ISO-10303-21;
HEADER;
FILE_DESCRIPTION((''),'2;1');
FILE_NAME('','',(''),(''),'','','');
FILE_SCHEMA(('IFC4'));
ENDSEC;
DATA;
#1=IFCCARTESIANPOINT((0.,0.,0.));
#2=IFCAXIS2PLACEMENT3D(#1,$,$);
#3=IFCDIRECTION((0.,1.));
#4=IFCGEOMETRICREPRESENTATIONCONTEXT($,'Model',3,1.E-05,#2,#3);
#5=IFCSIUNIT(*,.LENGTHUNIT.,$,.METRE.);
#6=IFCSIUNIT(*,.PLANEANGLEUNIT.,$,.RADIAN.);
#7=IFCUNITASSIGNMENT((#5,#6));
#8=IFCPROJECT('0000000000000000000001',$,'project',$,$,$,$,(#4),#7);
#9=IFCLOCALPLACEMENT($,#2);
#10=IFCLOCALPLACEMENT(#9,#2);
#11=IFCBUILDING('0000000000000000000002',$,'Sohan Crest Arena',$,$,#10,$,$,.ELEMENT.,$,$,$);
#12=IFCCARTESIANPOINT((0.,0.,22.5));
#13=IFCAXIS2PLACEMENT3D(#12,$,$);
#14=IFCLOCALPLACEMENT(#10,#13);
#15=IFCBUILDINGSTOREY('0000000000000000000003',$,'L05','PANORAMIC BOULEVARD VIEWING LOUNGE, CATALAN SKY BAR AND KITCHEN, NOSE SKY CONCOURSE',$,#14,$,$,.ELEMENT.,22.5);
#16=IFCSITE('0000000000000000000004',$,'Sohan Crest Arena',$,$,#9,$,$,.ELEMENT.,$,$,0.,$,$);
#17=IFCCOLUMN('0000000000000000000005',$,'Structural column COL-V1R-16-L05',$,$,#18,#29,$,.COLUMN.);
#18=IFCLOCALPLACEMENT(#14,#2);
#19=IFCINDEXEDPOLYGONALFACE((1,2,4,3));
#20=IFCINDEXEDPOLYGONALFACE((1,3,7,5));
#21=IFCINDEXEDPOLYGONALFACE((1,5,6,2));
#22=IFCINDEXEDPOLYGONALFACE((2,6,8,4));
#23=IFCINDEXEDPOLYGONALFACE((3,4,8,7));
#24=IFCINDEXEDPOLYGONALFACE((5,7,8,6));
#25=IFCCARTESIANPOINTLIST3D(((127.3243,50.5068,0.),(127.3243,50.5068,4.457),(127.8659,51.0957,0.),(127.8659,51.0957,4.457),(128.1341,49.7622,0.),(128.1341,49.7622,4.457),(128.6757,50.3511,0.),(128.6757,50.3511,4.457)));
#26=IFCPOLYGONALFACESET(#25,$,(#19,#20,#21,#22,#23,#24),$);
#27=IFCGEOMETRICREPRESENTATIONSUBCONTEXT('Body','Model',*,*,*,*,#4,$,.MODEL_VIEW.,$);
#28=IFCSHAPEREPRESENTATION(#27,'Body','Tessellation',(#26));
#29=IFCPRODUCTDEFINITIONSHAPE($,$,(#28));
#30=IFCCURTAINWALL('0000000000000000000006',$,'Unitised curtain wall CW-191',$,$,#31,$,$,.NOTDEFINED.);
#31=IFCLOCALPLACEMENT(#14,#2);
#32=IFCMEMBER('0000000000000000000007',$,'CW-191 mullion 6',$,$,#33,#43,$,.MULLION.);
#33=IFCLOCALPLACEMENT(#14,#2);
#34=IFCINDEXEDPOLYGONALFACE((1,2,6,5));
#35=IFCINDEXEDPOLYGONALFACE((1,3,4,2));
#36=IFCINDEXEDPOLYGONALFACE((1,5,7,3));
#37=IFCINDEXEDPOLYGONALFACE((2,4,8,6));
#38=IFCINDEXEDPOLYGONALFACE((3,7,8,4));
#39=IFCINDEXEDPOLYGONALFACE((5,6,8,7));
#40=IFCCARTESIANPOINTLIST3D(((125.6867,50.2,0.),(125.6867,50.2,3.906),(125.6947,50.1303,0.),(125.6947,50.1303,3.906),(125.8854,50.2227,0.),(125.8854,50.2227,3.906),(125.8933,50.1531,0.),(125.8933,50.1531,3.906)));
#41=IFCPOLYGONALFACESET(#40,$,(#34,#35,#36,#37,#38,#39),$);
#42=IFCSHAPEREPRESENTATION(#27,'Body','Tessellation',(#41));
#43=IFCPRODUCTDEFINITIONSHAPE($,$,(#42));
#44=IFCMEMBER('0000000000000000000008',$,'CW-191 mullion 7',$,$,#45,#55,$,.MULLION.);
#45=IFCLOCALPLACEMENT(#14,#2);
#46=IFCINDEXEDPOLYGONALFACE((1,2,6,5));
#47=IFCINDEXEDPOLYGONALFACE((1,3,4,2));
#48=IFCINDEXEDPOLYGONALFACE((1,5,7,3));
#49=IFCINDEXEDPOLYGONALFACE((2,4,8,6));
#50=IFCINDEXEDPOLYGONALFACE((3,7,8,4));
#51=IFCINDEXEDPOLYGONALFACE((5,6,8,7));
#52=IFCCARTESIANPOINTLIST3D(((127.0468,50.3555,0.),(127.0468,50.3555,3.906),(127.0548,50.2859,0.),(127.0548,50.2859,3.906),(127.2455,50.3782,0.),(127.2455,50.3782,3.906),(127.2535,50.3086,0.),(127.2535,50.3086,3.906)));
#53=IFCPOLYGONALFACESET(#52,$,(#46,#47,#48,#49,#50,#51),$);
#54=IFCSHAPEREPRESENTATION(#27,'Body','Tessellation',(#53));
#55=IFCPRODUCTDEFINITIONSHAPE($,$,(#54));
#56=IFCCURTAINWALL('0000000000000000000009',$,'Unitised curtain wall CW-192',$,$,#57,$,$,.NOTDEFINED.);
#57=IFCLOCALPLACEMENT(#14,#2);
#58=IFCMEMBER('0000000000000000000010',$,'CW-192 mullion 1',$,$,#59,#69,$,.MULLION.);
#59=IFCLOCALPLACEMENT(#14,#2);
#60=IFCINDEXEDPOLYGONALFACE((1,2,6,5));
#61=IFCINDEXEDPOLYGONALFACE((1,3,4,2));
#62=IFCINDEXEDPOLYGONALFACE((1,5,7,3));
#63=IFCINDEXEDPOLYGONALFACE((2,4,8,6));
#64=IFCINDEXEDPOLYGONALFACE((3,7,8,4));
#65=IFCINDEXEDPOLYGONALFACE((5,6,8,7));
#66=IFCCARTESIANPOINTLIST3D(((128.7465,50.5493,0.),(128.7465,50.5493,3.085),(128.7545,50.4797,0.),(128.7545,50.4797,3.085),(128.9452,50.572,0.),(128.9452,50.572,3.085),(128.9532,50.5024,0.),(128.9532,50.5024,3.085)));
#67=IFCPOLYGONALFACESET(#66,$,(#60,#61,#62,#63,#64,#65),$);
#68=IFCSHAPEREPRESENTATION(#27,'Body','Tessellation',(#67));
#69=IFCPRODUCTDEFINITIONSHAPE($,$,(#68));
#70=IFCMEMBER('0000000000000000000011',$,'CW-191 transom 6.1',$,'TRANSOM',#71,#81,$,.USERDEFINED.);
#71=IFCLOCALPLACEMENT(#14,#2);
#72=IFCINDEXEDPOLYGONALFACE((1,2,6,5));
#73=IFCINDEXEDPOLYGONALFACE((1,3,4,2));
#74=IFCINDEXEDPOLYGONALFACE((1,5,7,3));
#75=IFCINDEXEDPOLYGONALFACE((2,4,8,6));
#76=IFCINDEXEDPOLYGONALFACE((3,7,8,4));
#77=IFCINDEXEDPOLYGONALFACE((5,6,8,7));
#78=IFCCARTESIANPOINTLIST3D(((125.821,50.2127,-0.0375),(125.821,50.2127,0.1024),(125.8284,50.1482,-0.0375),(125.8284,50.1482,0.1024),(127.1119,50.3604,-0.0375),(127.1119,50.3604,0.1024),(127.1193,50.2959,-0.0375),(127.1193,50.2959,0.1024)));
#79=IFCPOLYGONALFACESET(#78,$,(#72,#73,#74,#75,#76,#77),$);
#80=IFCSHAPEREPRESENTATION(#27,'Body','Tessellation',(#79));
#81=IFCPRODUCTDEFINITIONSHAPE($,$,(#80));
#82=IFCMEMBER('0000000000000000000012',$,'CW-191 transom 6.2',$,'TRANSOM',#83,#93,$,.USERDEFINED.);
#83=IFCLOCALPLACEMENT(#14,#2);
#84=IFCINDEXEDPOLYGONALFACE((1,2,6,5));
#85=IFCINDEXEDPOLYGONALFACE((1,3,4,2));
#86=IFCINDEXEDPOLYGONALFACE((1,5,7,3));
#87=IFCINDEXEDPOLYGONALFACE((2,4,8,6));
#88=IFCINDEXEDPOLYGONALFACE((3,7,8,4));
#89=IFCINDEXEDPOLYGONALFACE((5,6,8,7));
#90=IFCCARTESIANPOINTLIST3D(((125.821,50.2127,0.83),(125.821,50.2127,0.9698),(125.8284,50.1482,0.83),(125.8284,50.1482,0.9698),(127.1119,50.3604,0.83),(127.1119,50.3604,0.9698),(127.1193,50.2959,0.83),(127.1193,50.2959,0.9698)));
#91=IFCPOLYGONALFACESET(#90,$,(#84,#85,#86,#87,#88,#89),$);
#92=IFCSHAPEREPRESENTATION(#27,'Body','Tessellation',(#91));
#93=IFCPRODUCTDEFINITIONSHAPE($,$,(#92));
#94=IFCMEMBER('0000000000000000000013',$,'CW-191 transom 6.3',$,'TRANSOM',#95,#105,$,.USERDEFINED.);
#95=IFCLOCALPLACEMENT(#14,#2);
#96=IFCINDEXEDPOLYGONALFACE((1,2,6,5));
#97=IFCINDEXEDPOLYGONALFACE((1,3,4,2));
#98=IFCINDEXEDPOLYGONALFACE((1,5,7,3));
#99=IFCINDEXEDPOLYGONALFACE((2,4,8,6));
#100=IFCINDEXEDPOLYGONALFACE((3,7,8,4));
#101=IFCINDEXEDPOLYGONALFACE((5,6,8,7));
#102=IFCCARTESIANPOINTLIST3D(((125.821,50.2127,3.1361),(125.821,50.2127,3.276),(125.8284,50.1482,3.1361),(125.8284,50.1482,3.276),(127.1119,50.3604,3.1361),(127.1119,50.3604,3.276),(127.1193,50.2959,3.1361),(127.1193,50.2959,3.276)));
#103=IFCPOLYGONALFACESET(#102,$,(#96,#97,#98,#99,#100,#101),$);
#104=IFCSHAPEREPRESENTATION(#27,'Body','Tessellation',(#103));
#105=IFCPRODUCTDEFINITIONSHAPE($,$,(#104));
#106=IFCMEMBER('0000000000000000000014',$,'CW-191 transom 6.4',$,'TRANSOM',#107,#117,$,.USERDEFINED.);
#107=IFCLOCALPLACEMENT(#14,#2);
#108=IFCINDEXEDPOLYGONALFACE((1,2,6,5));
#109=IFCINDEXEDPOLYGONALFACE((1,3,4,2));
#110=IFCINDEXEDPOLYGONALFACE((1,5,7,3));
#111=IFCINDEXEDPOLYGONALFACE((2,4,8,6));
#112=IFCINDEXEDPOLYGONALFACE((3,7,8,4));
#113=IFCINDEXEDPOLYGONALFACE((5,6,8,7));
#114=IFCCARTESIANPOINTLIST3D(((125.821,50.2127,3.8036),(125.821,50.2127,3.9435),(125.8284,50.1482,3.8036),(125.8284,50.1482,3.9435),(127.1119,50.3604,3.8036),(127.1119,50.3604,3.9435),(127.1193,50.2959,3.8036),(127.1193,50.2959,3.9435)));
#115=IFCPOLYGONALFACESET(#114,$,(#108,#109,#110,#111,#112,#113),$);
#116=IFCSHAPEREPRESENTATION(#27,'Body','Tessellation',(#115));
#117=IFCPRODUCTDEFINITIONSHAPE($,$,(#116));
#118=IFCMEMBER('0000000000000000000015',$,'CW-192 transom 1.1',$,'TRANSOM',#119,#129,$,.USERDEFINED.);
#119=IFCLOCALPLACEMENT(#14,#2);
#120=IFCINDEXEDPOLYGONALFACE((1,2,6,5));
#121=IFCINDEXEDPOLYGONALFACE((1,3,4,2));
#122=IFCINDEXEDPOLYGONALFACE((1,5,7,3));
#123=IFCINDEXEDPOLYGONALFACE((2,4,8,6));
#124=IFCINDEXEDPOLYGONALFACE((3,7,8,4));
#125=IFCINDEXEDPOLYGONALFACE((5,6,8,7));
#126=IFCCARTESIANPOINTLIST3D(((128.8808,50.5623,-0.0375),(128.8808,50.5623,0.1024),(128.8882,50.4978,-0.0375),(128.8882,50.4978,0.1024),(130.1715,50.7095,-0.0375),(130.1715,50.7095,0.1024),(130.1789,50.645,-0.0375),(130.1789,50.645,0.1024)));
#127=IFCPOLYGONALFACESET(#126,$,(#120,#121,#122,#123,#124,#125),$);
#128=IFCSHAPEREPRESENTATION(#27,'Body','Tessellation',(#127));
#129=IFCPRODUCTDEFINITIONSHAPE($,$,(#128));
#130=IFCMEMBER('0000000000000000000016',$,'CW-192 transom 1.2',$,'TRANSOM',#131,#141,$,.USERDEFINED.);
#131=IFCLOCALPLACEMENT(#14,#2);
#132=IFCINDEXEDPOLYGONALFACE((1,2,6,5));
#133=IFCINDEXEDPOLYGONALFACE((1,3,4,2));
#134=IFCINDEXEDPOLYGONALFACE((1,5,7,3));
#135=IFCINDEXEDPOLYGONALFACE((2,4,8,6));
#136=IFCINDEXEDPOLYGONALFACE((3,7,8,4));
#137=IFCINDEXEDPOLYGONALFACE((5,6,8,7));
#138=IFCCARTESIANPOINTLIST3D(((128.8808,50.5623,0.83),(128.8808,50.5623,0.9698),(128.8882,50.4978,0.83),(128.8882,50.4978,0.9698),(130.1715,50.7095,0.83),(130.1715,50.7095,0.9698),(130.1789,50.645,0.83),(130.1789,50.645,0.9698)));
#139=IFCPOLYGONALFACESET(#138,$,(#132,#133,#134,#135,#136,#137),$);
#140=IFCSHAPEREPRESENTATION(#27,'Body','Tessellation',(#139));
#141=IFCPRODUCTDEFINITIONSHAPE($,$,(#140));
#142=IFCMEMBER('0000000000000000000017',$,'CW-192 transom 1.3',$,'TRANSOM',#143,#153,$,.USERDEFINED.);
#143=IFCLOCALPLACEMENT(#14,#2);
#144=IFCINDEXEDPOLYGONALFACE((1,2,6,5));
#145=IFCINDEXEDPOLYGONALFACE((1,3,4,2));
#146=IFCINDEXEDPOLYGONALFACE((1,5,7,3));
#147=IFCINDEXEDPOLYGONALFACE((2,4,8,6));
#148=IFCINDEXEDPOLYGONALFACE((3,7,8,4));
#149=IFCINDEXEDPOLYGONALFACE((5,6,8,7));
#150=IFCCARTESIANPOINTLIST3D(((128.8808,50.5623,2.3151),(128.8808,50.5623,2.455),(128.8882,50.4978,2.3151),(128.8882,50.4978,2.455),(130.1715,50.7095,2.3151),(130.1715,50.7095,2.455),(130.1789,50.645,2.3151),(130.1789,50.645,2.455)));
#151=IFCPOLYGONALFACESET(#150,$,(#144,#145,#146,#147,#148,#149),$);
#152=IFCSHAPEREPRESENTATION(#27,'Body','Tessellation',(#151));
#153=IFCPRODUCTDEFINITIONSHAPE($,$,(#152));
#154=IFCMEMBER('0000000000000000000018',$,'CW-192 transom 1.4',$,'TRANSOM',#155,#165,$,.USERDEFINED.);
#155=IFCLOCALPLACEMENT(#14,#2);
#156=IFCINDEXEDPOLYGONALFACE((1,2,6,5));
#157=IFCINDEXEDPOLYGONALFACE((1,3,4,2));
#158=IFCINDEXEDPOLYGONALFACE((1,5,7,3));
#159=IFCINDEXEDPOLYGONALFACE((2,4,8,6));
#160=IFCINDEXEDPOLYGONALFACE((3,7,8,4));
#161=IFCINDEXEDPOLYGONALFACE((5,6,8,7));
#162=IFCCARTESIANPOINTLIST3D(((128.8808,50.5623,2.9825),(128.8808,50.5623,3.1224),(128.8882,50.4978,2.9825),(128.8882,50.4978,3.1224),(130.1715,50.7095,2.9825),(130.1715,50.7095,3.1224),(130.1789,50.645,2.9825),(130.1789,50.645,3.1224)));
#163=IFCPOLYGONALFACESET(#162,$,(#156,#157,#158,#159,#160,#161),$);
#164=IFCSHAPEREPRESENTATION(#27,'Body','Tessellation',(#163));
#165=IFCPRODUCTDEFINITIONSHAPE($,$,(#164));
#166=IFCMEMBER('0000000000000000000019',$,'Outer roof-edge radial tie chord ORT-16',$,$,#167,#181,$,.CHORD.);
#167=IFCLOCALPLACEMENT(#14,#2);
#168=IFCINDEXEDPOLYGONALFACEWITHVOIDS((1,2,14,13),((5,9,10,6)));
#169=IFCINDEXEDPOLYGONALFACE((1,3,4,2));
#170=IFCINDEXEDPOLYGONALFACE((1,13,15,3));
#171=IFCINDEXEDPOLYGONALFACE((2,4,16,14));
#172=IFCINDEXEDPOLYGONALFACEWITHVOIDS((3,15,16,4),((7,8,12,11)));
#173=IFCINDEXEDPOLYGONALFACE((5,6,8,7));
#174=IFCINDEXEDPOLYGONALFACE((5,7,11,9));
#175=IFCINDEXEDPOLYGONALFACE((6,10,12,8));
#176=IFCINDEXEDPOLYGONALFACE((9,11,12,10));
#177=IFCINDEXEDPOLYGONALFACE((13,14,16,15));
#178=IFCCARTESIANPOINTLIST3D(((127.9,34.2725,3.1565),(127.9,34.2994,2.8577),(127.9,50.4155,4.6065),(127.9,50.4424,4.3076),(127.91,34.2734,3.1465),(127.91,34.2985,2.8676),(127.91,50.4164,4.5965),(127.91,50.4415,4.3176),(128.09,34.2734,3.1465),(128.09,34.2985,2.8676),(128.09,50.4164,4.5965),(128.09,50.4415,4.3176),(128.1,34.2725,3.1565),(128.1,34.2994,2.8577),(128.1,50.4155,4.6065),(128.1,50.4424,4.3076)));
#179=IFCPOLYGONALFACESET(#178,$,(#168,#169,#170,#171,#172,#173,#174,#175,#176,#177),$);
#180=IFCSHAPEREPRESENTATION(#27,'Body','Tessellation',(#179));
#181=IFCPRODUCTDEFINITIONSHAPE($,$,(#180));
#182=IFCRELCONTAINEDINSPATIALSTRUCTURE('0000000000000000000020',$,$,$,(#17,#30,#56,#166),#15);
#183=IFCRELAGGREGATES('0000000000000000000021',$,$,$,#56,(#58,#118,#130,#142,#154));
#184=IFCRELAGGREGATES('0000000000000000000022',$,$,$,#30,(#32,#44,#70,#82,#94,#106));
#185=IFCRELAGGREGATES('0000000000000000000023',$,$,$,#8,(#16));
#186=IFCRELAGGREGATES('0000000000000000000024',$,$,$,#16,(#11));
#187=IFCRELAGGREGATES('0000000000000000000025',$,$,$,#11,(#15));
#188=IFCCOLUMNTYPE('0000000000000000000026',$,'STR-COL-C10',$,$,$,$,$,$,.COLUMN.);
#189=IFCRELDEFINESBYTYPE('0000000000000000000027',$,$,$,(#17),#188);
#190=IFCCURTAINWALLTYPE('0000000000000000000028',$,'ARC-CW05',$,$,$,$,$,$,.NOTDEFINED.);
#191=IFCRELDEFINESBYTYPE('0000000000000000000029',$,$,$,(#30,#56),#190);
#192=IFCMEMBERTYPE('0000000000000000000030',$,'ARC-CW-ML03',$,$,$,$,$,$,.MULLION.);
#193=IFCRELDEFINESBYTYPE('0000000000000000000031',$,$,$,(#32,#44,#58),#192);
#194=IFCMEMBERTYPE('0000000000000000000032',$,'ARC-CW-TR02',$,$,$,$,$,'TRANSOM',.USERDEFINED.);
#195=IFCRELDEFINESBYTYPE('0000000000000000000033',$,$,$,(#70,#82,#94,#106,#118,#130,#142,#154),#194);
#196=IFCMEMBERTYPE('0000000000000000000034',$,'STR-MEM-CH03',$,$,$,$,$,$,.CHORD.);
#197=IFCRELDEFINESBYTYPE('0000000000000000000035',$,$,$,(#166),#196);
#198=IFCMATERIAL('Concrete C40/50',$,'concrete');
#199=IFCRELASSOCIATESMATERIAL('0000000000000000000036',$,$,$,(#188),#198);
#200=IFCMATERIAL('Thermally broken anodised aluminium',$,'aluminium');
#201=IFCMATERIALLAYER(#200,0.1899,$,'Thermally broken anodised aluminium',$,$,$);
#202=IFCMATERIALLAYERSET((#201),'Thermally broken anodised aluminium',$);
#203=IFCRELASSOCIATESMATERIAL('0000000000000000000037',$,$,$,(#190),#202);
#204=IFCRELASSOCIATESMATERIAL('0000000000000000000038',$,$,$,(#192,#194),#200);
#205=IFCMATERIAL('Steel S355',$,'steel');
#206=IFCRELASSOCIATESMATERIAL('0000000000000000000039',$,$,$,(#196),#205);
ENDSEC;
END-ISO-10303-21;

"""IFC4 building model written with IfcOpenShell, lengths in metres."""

from ifc_helpers import new_model, si_unit, direction, frame, origin, origin_2d, place, context, subcontext, project, spatial, rectangle, hollow_rectangle, extrude, material, layer, layer_set, material_profile, profile_set, type_object, element, aggregate, save


model = new_model("IFC4")

# Units and contexts
model_context = context("Model", 3, precision=1e-05, world=origin(), true_north=direction((0.0, 1.0)))
body_context = subcontext(model_context, "Body", "Model", "MODEL_VIEW")
ifc_project = project(units=[si_unit("LENGTHUNIT", "METRE"), si_unit("PLANEANGLEUNIT", "RADIAN")], contexts=[model_context])

# Site, building, storey
site_placement = place(None, origin())
site = spatial("IfcSite", under=ifc_project, at=site_placement, Name="Sohan Crest Arena", CompositionType="ELEMENT", RefElevation=0.0)
building_placement = place(site_placement, origin())
building = spatial("IfcBuilding", under=site, at=building_placement, Name="Sohan Crest Arena", CompositionType="ELEMENT")
storey_placement = place(building_placement, frame((0.0, 0.0, 22.5)))
storey = spatial("IfcBuildingStorey", under=building, at=storey_placement, Name="L05", Description="PANORAMIC BOULEVARD VIEWING LOUNGE, CATALAN SKY BAR AND KITCHEN, NOSE SKY CONCOURSE", CompositionType="ELEMENT", Elevation=22.5)

# Column
ifc_material_1 = material(Name="Concrete C40/50", Category="concrete")
ifc_material_profile_1 = material_profile(ifc_material_1, rectangle(XDim=1.1001, YDim=0.8, at=origin_2d()), Name="RC 1100x800")
ifc_profile_set_1 = profile_set([ifc_material_profile_1], Name="Concrete C40/50")
column_type = type_object("IfcColumnType", Name="STR-COL-C10", PredefinedType="COLUMN", material=ifc_profile_set_1)
column_placement = place(storey_placement, frame((128.0, 50.429, 0.0), z_axis=(0.0, 0.0, 1.0), x_axis=(-0.736097, 0.676876, 0.0)))
element("IfcColumn", 1, at=column_placement, inside=storey, type_object=column_type, Name="Structural column COL-V1R-16-L05", PredefinedType="COLUMN", context=body_context, shape_type="SweptSolid", body=[
    extrude(rectangle(XDim=1.1001, YDim=0.8, at=origin_2d()), origin(), (0.0, 0.0, 1.0), 4.457),
])

# Curtain wall, members
ifc_material_2 = material(Name="Thermally broken anodised aluminium", Category="aluminium")
ifc_layer_1 = layer(ifc_material_2, 0.1899, Name="Thermally broken anodised aluminium")
ifc_layer_set_1 = layer_set([ifc_layer_1], Name="Thermally broken anodised aluminium")
curtain_wall_type = type_object("IfcCurtainWallType", Name="ARC-CW05", PredefinedType="NOTDEFINED", material=ifc_layer_set_1)
curtain_wall_1_placement = place(storey_placement, origin())
curtain_wall_1 = element("IfcCurtainWall", 2, at=curtain_wall_1_placement, inside=storey, type_object=curtain_wall_type, Name="Unitised curtain wall CW-191", PredefinedType="NOTDEFINED")
ifc_material_profile_2 = material_profile(ifc_material_2, rectangle(XDim=0.0701, YDim=0.2, at=origin_2d()), Name="ALU-MULL 70x200")
ifc_profile_set_2 = profile_set([ifc_material_profile_2], Name="Thermally broken anodised aluminium")
member_type_1 = type_object("IfcMemberType", Name="ARC-CW-ML03", PredefinedType="MULLION", material=ifc_profile_set_2)
member_1_placement = place(storey_placement, frame((125.79, 50.1765, 0.0), z_axis=(0.0, 0.0, 1.0), x_axis=(-0.113597, 0.993527, 0.0)))
member_1 = element("IfcMember", 3, at=member_1_placement, type_object=member_type_1, Name="CW-191 mullion 6", PredefinedType="MULLION", context=body_context, shape_type="SweptSolid", body=[
    extrude(rectangle(XDim=0.0701, YDim=0.2, at=origin_2d()), origin(), (0.0, 0.0, 1.0), 3.906),
])
member_2_placement = place(storey_placement, frame((127.1501, 50.332, 0.0), z_axis=(0.0, 0.0, 1.0), x_axis=(-0.113597, 0.993527, 0.0)))
member_2 = element("IfcMember", 4, at=member_2_placement, type_object=member_type_1, Name="CW-191 mullion 7", PredefinedType="MULLION", context=body_context, shape_type="SweptSolid", body=[
    extrude(rectangle(XDim=0.0701, YDim=0.2, at=origin_2d()), origin(), (0.0, 0.0, 1.0), 3.906),
])

# Curtain wall, member
curtain_wall_2_placement = place(storey_placement, origin())
curtain_wall_2 = element("IfcCurtainWall", 5, at=curtain_wall_2_placement, inside=storey, type_object=curtain_wall_type, Name="Unitised curtain wall CW-192", PredefinedType="NOTDEFINED")
member_3_placement = place(storey_placement, frame((128.8499, 50.5259, 0.0), z_axis=(0.0, 0.0, 1.0), x_axis=(-0.11348, 0.99354, 0.0)))
member_3 = element("IfcMember", 6, at=member_3_placement, type_object=member_type_1, Name="CW-192 mullion 1", PredefinedType="MULLION", context=body_context, shape_type="SweptSolid", body=[
    extrude(rectangle(XDim=0.0701, YDim=0.2, at=origin_2d()), origin(), (0.0, 0.0, 1.0), 3.085),
])

# Members
ifc_material_profile_3 = material_profile(ifc_material_2, rectangle(XDim=0.0649, YDim=0.1399, at=origin_2d()), Name="ALU-TRAN 65x140")
ifc_profile_set_3 = profile_set([ifc_material_profile_3], Name="Thermally broken anodised aluminium")
member_type_2 = type_object("IfcMemberType", Name="ARC-CW-TR02", ElementType="TRANSOM", PredefinedType="USERDEFINED", material=ifc_profile_set_3)
member_4_placement = place(storey_placement, frame((125.8247, 50.1804, 0.0325), z_axis=(0.993516, 0.11369, 0.0), x_axis=(-0.11369, 0.993516, 0.0)))
member_4 = element("IfcMember", 7, at=member_4_placement, type_object=member_type_2, Name="CW-191 transom 6.1", ObjectType="TRANSOM", PredefinedType="USERDEFINED", context=body_context, shape_type="SweptSolid", body=[
    extrude(rectangle(XDim=0.0649, YDim=0.1399, at=origin_2d()), origin(), (0.0, 0.0, 1.0), 1.2993),
])
member_5_placement = place(storey_placement, frame((125.8247, 50.1804, 0.8999), z_axis=(0.993516, 0.11369, 0.0), x_axis=(-0.11369, 0.993516, 0.0)))
member_5 = element("IfcMember", 8, at=member_5_placement, type_object=member_type_2, Name="CW-191 transom 6.2", ObjectType="TRANSOM", PredefinedType="USERDEFINED", context=body_context, shape_type="SweptSolid", body=[
    extrude(rectangle(XDim=0.0649, YDim=0.1399, at=origin_2d()), origin(), (0.0, 0.0, 1.0), 1.2993),
])
member_6_placement = place(storey_placement, frame((125.8247, 50.1804, 3.2061), z_axis=(0.993516, 0.11369, 0.0), x_axis=(-0.11369, 0.993516, 0.0)))
member_6 = element("IfcMember", 9, at=member_6_placement, type_object=member_type_2, Name="CW-191 transom 6.3", ObjectType="TRANSOM", PredefinedType="USERDEFINED", context=body_context, shape_type="SweptSolid", body=[
    extrude(rectangle(XDim=0.0649, YDim=0.1399, at=origin_2d()), origin(), (0.0, 0.0, 1.0), 1.2993),
])
member_7_placement = place(storey_placement, frame((125.8247, 50.1804, 3.8735), z_axis=(0.993516, 0.11369, 0.0), x_axis=(-0.11369, 0.993516, 0.0)))
member_7 = element("IfcMember", 10, at=member_7_placement, type_object=member_type_2, Name="CW-191 transom 6.4", ObjectType="TRANSOM", PredefinedType="USERDEFINED", context=body_context, shape_type="SweptSolid", body=[
    extrude(rectangle(XDim=0.0649, YDim=0.1399, at=origin_2d()), origin(), (0.0, 0.0, 1.0), 1.2993),
])
member_8_placement = place(storey_placement, frame((128.8845, 50.53, 0.0325), z_axis=(0.993559, 0.113319, 0.0), x_axis=(-0.113319, 0.993559, 0.0)))
member_8 = element("IfcMember", 11, at=member_8_placement, type_object=member_type_2, Name="CW-192 transom 1.1", ObjectType="TRANSOM", PredefinedType="USERDEFINED", context=body_context, shape_type="SweptSolid", body=[
    extrude(rectangle(XDim=0.0649, YDim=0.1399, at=origin_2d()), origin(), (0.0, 0.0, 1.0), 1.2991),
])
member_9_placement = place(storey_placement, frame((128.8845, 50.53, 0.8999), z_axis=(0.993559, 0.113319, 0.0), x_axis=(-0.113319, 0.993559, 0.0)))
member_9 = element("IfcMember", 12, at=member_9_placement, type_object=member_type_2, Name="CW-192 transom 1.2", ObjectType="TRANSOM", PredefinedType="USERDEFINED", context=body_context, shape_type="SweptSolid", body=[
    extrude(rectangle(XDim=0.0649, YDim=0.1399, at=origin_2d()), origin(), (0.0, 0.0, 1.0), 1.2991),
])
member_10_placement = place(storey_placement, frame((128.8845, 50.53, 2.385), z_axis=(0.993559, 0.113319, 0.0), x_axis=(-0.113319, 0.993559, 0.0)))
member_10 = element("IfcMember", 13, at=member_10_placement, type_object=member_type_2, Name="CW-192 transom 1.3", ObjectType="TRANSOM", PredefinedType="USERDEFINED", context=body_context, shape_type="SweptSolid", body=[
    extrude(rectangle(XDim=0.0649, YDim=0.1399, at=origin_2d()), origin(), (0.0, 0.0, 1.0), 1.2991),
])
member_11_placement = place(storey_placement, frame((128.8845, 50.53, 3.0525), z_axis=(0.993559, 0.113319, 0.0), x_axis=(-0.113319, 0.993559, 0.0)))
member_11 = element("IfcMember", 14, at=member_11_placement, type_object=member_type_2, Name="CW-192 transom 1.4", ObjectType="TRANSOM", PredefinedType="USERDEFINED", context=body_context, shape_type="SweptSolid", body=[
    extrude(rectangle(XDim=0.0649, YDim=0.1399, at=origin_2d()), origin(), (0.0, 0.0, 1.0), 1.2991),
])
aggregate(curtain_wall_2, [member_3, member_8, member_9, member_10, member_11])
ifc_material_3 = material(Name="Steel S355", Category="steel")
ifc_material_profile_4 = material_profile(ifc_material_3, hollow_rectangle(XDim=0.2, YDim=0.3, WallThickness=0.01, at=origin_2d()), Name="RHS 300x200x10")
ifc_profile_set_4 = profile_set([ifc_material_profile_4], Name="Steel S355")
member_type_3 = type_object("IfcMemberType", Name="STR-MEM-CH03", PredefinedType="CHORD", material=ifc_profile_set_4)
member_12_placement = place(storey_placement, frame((128.0, 50.429, 4.457), z_axis=(0.0, -0.995991, -0.089459), x_axis=(1.0, 0.0, 0.0)))
element("IfcMember", 15, at=member_12_placement, inside=storey, type_object=member_type_3, Name="Outer roof-edge radial tie chord ORT-16", PredefinedType="CHORD", context=body_context, shape_type="SweptSolid", body=[
    extrude(hollow_rectangle(XDim=0.2, YDim=0.3, WallThickness=0.01, at=origin_2d()), origin(), (0.0, 0.0, 1.0), 16.208),
])

aggregate(curtain_wall_1, [member_1, member_2, member_4, member_5, member_6, member_7])

save(model, "model.ifc")
